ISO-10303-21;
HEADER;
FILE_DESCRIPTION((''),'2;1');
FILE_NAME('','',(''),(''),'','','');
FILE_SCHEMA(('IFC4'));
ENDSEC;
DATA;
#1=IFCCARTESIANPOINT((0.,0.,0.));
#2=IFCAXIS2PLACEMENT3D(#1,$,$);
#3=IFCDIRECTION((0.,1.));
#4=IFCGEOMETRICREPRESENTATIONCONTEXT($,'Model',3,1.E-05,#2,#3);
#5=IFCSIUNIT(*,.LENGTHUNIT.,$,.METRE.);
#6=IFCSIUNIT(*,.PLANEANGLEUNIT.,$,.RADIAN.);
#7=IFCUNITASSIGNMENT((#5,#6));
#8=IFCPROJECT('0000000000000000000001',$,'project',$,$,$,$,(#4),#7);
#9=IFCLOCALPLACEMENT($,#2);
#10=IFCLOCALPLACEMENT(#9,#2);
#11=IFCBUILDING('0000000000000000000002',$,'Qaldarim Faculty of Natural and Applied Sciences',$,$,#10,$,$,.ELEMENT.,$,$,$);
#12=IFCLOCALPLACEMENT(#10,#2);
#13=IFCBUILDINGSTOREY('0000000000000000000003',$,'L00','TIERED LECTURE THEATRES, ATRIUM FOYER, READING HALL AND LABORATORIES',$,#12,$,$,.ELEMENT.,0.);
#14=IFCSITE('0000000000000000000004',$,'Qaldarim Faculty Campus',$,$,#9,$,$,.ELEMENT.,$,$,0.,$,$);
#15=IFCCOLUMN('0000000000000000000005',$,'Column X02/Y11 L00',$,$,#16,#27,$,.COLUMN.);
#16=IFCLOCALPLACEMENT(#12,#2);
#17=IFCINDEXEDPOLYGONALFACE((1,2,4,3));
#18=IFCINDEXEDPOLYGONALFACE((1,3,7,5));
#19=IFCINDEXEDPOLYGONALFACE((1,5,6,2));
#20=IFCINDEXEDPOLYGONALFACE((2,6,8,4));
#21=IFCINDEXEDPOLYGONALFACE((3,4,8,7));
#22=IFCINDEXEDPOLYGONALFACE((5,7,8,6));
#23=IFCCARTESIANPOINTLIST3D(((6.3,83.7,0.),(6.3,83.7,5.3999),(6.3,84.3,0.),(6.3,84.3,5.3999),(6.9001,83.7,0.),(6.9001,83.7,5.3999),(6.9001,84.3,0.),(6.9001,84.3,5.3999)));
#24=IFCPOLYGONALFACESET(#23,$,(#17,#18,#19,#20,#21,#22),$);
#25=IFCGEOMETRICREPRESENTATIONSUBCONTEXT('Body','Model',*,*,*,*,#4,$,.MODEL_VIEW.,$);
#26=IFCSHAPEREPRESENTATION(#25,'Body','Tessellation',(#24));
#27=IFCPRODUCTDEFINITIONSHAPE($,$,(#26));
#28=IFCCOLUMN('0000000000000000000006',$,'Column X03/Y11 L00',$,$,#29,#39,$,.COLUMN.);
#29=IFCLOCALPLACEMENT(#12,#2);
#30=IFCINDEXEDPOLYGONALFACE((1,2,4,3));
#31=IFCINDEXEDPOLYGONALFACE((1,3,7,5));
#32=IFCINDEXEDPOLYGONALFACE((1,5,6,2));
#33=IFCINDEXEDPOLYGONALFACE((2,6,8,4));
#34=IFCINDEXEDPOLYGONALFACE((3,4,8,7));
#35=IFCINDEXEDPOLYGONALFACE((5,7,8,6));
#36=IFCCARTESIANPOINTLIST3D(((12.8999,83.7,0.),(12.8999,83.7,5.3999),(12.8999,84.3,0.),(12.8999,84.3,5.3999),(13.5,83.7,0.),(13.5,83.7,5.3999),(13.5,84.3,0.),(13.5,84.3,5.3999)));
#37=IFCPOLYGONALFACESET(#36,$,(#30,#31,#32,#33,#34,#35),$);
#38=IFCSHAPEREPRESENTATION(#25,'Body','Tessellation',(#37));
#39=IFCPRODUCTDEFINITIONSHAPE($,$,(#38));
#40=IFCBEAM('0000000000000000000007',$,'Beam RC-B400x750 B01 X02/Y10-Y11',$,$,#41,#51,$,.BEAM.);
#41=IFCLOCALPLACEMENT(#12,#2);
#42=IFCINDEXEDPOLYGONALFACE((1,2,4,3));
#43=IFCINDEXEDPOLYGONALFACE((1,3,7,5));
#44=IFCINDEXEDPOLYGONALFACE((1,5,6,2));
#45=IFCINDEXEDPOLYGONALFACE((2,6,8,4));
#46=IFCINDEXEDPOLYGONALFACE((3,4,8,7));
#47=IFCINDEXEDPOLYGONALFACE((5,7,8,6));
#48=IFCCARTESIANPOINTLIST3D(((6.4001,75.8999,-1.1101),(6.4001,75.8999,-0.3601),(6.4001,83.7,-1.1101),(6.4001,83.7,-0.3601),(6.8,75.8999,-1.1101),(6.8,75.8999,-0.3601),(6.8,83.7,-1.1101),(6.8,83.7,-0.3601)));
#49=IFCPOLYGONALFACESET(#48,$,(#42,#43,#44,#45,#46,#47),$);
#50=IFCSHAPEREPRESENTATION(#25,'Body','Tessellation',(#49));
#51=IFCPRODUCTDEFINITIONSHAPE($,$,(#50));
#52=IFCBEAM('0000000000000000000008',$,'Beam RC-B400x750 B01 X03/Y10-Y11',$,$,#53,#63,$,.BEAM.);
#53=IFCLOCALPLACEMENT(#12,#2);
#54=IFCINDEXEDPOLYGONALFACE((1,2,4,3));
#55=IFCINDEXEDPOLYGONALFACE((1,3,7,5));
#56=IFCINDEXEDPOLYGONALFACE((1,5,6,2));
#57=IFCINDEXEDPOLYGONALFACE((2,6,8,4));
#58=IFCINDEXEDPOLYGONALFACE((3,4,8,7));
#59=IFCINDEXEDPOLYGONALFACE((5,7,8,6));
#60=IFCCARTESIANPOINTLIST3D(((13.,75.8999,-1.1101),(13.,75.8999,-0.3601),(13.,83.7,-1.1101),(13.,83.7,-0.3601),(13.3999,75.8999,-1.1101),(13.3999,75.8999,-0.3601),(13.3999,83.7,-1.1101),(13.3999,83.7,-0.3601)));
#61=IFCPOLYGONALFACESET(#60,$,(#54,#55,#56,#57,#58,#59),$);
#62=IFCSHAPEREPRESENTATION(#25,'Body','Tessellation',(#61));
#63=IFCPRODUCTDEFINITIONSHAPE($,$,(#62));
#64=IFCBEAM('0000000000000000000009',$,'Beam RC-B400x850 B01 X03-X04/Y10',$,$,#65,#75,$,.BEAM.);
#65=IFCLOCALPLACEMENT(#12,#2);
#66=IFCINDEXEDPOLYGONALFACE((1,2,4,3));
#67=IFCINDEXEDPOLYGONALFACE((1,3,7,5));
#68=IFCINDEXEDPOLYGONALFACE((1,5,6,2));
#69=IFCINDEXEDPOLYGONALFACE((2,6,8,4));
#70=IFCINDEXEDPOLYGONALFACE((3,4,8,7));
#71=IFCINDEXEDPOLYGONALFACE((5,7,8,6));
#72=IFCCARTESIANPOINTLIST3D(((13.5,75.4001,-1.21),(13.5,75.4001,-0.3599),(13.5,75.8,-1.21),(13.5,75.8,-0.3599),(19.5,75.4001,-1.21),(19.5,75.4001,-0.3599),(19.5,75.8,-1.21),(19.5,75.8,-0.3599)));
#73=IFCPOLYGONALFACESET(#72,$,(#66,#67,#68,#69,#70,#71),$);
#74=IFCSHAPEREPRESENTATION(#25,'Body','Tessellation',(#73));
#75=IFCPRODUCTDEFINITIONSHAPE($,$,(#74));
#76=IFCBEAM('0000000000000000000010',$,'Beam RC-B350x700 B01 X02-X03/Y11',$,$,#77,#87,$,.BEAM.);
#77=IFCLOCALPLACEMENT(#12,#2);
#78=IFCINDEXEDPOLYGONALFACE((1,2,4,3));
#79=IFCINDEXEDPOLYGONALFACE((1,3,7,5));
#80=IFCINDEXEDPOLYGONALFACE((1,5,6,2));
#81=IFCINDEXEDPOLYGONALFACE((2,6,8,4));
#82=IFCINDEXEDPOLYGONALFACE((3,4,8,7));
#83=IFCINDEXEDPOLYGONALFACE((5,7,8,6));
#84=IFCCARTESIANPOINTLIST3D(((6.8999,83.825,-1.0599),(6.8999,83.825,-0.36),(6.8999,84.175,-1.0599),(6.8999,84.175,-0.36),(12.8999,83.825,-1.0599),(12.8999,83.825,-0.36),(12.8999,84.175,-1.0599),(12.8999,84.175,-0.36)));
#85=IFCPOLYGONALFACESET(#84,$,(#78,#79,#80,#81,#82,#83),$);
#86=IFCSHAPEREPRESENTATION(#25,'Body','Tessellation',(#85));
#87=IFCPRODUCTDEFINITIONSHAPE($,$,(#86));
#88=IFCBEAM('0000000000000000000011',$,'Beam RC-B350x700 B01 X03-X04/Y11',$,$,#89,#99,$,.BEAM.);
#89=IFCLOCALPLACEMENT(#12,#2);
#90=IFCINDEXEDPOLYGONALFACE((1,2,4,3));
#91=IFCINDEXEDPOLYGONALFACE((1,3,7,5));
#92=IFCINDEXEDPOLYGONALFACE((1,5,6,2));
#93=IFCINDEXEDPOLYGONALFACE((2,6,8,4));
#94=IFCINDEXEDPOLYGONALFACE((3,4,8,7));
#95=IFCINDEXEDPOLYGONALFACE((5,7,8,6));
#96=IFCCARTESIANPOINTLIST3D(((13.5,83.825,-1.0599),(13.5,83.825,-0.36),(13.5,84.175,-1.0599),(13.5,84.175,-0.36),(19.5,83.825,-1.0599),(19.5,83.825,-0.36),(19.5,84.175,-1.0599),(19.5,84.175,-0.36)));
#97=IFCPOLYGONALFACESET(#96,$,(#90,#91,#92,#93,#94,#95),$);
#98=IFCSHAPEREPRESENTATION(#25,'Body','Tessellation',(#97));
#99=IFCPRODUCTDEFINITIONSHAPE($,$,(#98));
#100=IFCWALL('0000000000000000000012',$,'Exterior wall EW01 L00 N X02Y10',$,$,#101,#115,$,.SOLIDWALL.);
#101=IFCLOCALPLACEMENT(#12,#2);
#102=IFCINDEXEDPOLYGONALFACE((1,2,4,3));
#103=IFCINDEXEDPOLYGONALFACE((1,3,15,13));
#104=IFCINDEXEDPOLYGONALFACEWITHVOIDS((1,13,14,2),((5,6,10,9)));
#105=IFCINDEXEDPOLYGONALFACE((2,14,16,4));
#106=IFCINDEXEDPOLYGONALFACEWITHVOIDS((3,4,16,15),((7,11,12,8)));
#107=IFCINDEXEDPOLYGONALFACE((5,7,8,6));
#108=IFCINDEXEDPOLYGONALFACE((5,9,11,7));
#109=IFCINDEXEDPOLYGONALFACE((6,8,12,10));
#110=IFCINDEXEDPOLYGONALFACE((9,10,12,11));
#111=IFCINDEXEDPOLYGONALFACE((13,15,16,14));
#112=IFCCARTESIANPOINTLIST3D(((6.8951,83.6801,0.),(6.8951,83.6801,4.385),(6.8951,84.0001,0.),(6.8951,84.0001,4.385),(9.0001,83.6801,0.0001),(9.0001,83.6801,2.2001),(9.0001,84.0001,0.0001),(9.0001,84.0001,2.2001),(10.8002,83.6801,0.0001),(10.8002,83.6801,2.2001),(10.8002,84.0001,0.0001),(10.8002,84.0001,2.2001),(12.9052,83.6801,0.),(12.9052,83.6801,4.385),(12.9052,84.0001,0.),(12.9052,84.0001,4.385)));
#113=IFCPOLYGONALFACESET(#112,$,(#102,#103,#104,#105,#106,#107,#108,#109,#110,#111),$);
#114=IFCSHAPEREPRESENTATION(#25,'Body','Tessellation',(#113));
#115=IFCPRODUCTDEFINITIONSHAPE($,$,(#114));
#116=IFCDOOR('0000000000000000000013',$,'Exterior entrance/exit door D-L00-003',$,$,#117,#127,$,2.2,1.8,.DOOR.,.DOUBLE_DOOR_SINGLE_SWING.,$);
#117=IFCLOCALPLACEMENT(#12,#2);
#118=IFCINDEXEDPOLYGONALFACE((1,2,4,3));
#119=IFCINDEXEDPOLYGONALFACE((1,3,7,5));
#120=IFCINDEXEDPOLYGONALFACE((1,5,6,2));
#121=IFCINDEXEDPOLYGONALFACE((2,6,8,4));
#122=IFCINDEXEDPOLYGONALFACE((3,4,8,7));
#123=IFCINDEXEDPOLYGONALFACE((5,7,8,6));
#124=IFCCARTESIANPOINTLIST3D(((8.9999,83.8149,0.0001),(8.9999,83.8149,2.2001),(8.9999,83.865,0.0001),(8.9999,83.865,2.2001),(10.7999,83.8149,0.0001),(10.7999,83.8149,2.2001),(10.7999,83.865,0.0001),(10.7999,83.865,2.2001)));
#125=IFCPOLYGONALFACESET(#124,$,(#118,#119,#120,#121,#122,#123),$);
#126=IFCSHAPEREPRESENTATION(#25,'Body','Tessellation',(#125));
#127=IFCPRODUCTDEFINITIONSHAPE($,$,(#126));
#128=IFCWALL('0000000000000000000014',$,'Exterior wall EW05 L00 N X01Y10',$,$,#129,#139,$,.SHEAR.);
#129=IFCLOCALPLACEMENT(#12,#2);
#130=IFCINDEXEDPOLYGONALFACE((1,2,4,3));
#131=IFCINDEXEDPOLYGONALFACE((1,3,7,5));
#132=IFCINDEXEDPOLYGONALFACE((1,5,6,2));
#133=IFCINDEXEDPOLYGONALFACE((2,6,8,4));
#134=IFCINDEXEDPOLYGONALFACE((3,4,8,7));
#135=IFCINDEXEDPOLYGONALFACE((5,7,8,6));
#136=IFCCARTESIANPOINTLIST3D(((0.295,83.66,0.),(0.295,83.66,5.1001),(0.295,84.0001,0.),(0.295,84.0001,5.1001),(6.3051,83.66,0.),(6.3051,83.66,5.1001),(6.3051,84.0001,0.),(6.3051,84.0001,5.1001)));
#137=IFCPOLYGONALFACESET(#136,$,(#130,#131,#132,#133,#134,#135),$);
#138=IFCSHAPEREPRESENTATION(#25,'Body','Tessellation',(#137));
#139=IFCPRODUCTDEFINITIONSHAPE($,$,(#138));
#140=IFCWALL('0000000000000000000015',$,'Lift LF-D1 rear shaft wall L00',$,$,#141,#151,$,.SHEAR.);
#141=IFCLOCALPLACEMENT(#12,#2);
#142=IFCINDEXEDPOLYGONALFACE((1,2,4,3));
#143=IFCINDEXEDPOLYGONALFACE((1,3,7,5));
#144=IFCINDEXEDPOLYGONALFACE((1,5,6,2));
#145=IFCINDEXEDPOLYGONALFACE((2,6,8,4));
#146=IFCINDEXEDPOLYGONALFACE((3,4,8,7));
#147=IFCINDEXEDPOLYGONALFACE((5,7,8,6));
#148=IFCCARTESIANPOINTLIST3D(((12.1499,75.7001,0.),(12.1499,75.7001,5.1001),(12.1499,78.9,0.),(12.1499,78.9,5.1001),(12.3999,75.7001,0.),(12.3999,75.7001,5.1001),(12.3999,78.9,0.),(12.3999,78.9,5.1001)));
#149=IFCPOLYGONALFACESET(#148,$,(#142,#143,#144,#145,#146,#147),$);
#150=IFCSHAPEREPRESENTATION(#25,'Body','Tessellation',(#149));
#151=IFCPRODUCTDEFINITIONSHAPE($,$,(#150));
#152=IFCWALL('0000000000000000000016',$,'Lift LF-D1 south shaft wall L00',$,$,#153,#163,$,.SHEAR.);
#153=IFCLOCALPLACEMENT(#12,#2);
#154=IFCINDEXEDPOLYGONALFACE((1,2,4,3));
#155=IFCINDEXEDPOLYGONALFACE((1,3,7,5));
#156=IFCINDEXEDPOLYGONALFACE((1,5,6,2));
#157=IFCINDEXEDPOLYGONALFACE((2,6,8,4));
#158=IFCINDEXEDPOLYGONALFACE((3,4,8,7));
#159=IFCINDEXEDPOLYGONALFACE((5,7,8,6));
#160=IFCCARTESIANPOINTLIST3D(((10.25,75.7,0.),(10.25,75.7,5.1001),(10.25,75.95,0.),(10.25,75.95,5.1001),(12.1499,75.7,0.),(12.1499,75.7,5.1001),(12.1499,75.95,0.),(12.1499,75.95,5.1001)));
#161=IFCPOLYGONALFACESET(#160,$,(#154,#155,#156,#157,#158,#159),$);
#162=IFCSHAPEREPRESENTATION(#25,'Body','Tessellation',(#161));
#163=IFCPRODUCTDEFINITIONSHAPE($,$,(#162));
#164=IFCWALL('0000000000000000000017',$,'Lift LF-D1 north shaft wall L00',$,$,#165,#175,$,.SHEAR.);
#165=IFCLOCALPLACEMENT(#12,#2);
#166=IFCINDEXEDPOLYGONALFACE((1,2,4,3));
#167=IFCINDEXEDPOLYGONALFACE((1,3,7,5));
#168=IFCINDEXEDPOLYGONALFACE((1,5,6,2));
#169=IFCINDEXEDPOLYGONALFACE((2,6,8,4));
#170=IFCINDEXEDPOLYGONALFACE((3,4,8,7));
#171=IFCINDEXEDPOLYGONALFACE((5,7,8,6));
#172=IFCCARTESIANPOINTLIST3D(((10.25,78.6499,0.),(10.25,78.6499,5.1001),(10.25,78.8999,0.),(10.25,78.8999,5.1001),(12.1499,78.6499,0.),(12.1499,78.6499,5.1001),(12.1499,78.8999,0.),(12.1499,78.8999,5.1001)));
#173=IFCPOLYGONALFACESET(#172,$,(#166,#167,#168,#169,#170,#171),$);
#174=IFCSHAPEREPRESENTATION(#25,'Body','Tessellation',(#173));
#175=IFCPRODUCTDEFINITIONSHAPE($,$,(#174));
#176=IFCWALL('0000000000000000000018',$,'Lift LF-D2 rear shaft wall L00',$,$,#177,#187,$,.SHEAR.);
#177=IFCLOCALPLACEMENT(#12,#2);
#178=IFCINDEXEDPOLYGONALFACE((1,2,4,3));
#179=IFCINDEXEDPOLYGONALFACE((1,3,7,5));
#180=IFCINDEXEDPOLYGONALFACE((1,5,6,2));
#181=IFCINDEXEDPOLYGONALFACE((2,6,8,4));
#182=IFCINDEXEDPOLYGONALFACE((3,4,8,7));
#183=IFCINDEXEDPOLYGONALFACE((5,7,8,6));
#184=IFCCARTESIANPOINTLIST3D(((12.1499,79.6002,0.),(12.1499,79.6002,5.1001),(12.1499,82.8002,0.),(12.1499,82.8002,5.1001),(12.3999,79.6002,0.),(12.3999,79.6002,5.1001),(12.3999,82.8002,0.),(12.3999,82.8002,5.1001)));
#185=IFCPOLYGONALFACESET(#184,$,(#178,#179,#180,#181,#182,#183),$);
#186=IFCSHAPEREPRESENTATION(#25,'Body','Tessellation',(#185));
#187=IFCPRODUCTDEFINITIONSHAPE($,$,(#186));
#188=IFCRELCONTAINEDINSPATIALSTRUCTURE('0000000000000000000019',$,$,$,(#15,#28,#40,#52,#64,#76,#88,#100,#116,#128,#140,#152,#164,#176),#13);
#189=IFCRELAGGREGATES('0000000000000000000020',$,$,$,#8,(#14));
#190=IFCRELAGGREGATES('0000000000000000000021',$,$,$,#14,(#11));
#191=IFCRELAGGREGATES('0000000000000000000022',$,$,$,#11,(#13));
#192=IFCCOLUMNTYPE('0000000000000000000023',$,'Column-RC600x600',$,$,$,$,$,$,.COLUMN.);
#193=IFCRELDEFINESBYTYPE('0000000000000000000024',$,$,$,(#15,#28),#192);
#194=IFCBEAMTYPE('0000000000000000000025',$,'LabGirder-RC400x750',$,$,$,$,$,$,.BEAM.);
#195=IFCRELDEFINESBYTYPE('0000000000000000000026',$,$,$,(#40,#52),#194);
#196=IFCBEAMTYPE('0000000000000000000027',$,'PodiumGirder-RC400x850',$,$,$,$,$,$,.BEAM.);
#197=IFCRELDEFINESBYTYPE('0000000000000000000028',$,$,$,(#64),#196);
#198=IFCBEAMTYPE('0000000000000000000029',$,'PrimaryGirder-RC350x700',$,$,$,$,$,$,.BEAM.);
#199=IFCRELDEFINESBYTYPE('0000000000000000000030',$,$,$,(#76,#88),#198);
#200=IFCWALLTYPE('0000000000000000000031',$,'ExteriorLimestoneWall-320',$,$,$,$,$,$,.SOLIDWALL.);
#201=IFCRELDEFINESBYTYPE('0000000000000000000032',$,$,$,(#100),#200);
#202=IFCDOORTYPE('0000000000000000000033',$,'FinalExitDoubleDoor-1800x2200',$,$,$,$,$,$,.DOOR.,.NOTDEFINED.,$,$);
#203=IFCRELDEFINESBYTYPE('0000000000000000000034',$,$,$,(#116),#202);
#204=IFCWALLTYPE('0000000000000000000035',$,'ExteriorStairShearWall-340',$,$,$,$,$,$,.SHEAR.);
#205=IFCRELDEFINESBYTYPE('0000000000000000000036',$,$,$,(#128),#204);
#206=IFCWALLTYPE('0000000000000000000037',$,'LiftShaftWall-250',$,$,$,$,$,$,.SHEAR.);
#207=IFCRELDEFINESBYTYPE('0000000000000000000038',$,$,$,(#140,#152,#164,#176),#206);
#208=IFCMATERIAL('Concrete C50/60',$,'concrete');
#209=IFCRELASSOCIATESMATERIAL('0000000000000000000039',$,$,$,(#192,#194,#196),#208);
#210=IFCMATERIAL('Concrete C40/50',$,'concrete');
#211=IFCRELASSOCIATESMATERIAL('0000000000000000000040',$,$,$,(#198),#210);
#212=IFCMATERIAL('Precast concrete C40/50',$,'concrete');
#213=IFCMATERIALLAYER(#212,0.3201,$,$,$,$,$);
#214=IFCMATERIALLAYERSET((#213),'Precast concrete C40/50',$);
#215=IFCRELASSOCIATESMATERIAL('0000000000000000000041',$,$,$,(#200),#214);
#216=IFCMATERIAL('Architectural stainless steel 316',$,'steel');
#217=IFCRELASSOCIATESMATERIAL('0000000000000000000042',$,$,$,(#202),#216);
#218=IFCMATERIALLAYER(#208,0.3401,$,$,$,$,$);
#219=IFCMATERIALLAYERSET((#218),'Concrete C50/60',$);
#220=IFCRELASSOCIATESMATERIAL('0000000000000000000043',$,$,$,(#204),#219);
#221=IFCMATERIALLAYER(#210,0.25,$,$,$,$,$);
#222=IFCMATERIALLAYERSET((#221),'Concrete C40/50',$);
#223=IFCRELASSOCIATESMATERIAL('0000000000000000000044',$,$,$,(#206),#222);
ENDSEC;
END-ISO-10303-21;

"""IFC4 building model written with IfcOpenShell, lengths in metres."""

from ifc_helpers import new_model, si_unit, direction, frame, frame_2d, origin, origin_2d, place, context, subcontext, project, spatial, rectangle, extrude, material, layer, layer_set, material_profile, profile_set, type_object, element, fill, save


model = new_model("IFC4")

# Units and contexts
model_context = context("Model", 3, precision=1e-05, world=origin(), true_north=direction((0.0, 1.0)))
body_context = subcontext(model_context, "Body", "Model", "MODEL_VIEW")
ifc_project = project(units=[si_unit("LENGTHUNIT", "METRE"), si_unit("PLANEANGLEUNIT", "RADIAN")], contexts=[model_context])

# Site, building, storey
site_placement = place(None, origin())
site = spatial("IfcSite", under=ifc_project, at=site_placement, Name="Qaldarim Faculty Campus", CompositionType="ELEMENT", RefElevation=0.0)
building_placement = place(site_placement, origin())
building = spatial("IfcBuilding", under=site, at=building_placement, Name="Qaldarim Faculty of Natural and Applied Sciences", CompositionType="ELEMENT")
storey_placement = place(building_placement, origin())
storey = spatial("IfcBuildingStorey", under=building, at=storey_placement, Name="L00", Description="TIERED LECTURE THEATRES, ATRIUM FOYER, READING HALL AND LABORATORIES", CompositionType="ELEMENT", Elevation=0.0)

# Columns
ifc_material_1 = material(Name="Concrete C50/60", Category="concrete")
ifc_material_profile_1 = material_profile(ifc_material_1, rectangle(XDim=0.6001, YDim=0.6001, at=origin_2d()), Name="RC-C600x600")
ifc_profile_set_1 = profile_set([ifc_material_profile_1], Name="Concrete C50/60")
column_type = type_object("IfcColumnType", Name="Column-RC600x600", PredefinedType="COLUMN", material=ifc_profile_set_1)
for number, where, z_axis, x_axis, name in (
    (1, (6.6001, 84.0, 0.0), (0.0, 0.0, 1.0), (1.0, 0.0, 0.0), "Column X02/Y11 L00"),
    (2, (13.2, 84.0, 0.0), (0.0, 0.0, 1.0), (1.0, 0.0, 0.0), "Column X03/Y11 L00"),
):
    element("IfcColumn", number, at=place(storey_placement, frame(where, z_axis=z_axis, x_axis=x_axis)), inside=storey, type_object=column_type, Name=name, PredefinedType="COLUMN", context=body_context, shape_type="SweptSolid", body=[
        extrude(rectangle(XDim=0.6001, YDim=0.6001, at=origin_2d()), origin(), (0.0, 0.0, 1.0), 5.3999),
    ])

# Beams
ifc_material_profile_2 = material_profile(ifc_material_1, rectangle(XDim=0.3999, YDim=0.75, at=origin_2d()), Name="RC-B400x750")
ifc_profile_set_2 = profile_set([ifc_material_profile_2], Name="Concrete C50/60")
beam_type_1 = type_object("IfcBeamType", Name="LabGirder-RC400x750", PredefinedType="BEAM", material=ifc_profile_set_2)
for number, where, z_axis, x_axis, name in (
    (3, (6.6001, 75.8999, -0.7351), (0.0, 1.0, 0.0), (-1.0, 0.0, 0.0), "Beam RC-B400x750 B01 X02/Y10-Y11"),
    (4, (13.2, 75.8999, -0.7351), (0.0, 1.0, 0.0), (-1.0, 0.0, 0.0), "Beam RC-B400x750 B01 X03/Y10-Y11"),
):
    element("IfcBeam", number, at=place(storey_placement, frame(where, z_axis=z_axis, x_axis=x_axis)), inside=storey, type_object=beam_type_1, Name=name, PredefinedType="BEAM", context=body_context, shape_type="SweptSolid", body=[
        extrude(rectangle(XDim=0.3999, YDim=0.75, at=origin_2d()), origin(), (0.0, 0.0, 1.0), 7.8),
    ])
ifc_material_profile_3 = material_profile(ifc_material_1, rectangle(XDim=0.3999, YDim=0.8501, at=origin_2d()), Name="RC-B400x850")
ifc_profile_set_3 = profile_set([ifc_material_profile_3], Name="Concrete C50/60")
beam_type_2 = type_object("IfcBeamType", Name="PodiumGirder-RC400x850", PredefinedType="BEAM", material=ifc_profile_set_3)
beam_placement = place(storey_placement, frame((13.5, 75.6001, -0.7849), z_axis=(1.0, 0.0, 0.0), x_axis=(0.0, 1.0, 0.0)))
element("IfcBeam", 5, at=beam_placement, inside=storey, type_object=beam_type_2, Name="Beam RC-B400x850 B01 X03-X04/Y10", PredefinedType="BEAM", context=body_context, shape_type="SweptSolid", body=[
    extrude(rectangle(XDim=0.3999, YDim=0.8501, at=origin_2d()), origin(), (0.0, 0.0, 1.0), 6.0),
])
ifc_material_2 = material(Name="Concrete C40/50", Category="concrete")
ifc_material_profile_4 = material_profile(ifc_material_2, rectangle(XDim=0.3501, YDim=0.7, at=origin_2d()), Name="RC-B350x700")
ifc_profile_set_4 = profile_set([ifc_material_profile_4], Name="Concrete C40/50")
beam_type_3 = type_object("IfcBeamType", Name="PrimaryGirder-RC350x700", PredefinedType="BEAM", material=ifc_profile_set_4)
for number, where, z_axis, x_axis, name in (
    (6, (6.8999, 84.0, -0.71), (1.0, 0.0, 0.0), (0.0, 1.0, 0.0), "Beam RC-B350x700 B01 X02-X03/Y11"),
    (7, (13.5, 84.0, -0.71), (1.0, 0.0, 0.0), (0.0, 1.0, 0.0), "Beam RC-B350x700 B01 X03-X04/Y11"),
):
    element("IfcBeam", number, at=place(storey_placement, frame(where, z_axis=z_axis, x_axis=x_axis)), inside=storey, type_object=beam_type_3, Name=name, PredefinedType="BEAM", context=body_context, shape_type="SweptSolid", body=[
        extrude(rectangle(XDim=0.3501, YDim=0.7, at=origin_2d()), origin(), (0.0, 0.0, 1.0), 6.0),
    ])

# Wall, opening, door
ifc_material_3 = material(Name="Architectural stainless steel 316", Category="steel")
ifc_material_4 = material(Name="Precast concrete C40/50", Category="concrete")
ifc_layer_1 = layer(ifc_material_4, 0.3201)
ifc_layer_set_1 = layer_set([ifc_layer_1], Name="Precast concrete C40/50")
wall_type_1 = type_object("IfcWallType", Name="ExteriorLimestoneWall-320", PredefinedType="SOLIDWALL", material=ifc_layer_set_1)
wall_1_placement = place(storey_placement, frame((12.905, 83.8401, 0.0), z_axis=(0.0, 0.0, 1.0), x_axis=(-1.0, 0.0, 0.0)))
wall_1 = element("IfcWall", 8, at=wall_1_placement, inside=storey, type_object=wall_type_1, Name="Exterior wall EW01 L00 N X02Y10", PredefinedType="SOLIDWALL", context=body_context, shape_type="SweptSolid", body=[
    extrude(rectangle(XDim=6.01, YDim=0.3201, at=frame_2d((3.0049, 0.0))), origin(), (0.0, 0.0, 1.0), 4.385),
])
opening_1_placement = place(wall_1_placement, frame((2.105, 0.0, 0.0)))
opening_1 = element("IfcOpeningElement", 9, at=opening_1_placement, cuts=wall_1, PredefinedType="OPENING", context=body_context, shape_type="SweptSolid", body=[
    extrude(rectangle(XDim=1.8, YDim=2.2, at=frame_2d((0.8999, 1.1001))), frame((0.0, 0.1699, 0.0), z_axis=(0.0, -1.0, 0.0), x_axis=(1.0, 0.0, 0.0)), (0.0, 0.0, 1.0), 0.3401),
])
door_type_1 = type_object("IfcDoorType", Name="FinalExitDoubleDoor-1800x2200", OperationType="NOTDEFINED", PredefinedType="DOOR", material=ifc_material_3)
door_1_placement = place(opening_1_placement, frame((1.8, 0.0, 0.0), z_axis=(0.0, 0.0, 1.0), x_axis=(-1.0, 0.0, 0.0)))
door_1 = element("IfcDoor", 10, at=door_1_placement, inside=storey, type_object=door_type_1, Name="Exterior entrance/exit door D-L00-003", OperationType="DOUBLE_DOOR_SINGLE_SWING", OverallHeight=2.2, OverallWidth=1.8, PredefinedType="DOOR", context=body_context, shape_type="SweptSolid", body=[
    extrude(rectangle(XDim=1.8, YDim=2.2, at=frame_2d((0.8999, 1.1001))), frame((0.0, 0.0249, 0.0), z_axis=(0.0, -1.0, 0.0), x_axis=(1.0, 0.0, 0.0)), (0.0, 0.0, 1.0), 0.05),
])
fill(opening_1, door_1)

# Wall
ifc_layer_2 = layer(ifc_material_1, 0.3401)
ifc_layer_set_2 = layer_set([ifc_layer_2], Name="Concrete C50/60")
wall_type_2 = type_object("IfcWallType", Name="ExteriorStairShearWall-340", PredefinedType="SHEAR", material=ifc_layer_set_2)
wall_2_placement = place(storey_placement, frame((6.3049, 83.8301, 0.0), z_axis=(0.0, 0.0, 1.0), x_axis=(-1.0, 0.0, 0.0)))
element("IfcWall", 11, at=wall_2_placement, inside=storey, type_object=wall_type_2, Name="Exterior wall EW05 L00 N X01Y10", PredefinedType="SHEAR", context=body_context, shape_type="SweptSolid", body=[
    extrude(rectangle(XDim=6.01, YDim=0.3401, at=frame_2d((3.0049, 0.0))), origin(), (0.0, 0.0, 1.0), 5.1001),
])

# Shared definitions
ifc_layer_3 = layer(ifc_material_2, 0.25)
ifc_layer_set_3 = layer_set([ifc_layer_3], Name="Concrete C40/50")
wall_type_3 = type_object("IfcWallType", Name="LiftShaftWall-250", PredefinedType="SHEAR", material=ifc_layer_set_3)

# Walls
wall_3_placement = place(storey_placement, frame((12.2749, 75.7, 0.0), z_axis=(0.0, 0.0, 1.0), x_axis=(0.0, 1.0, 0.0)))
element("IfcWall", 12, at=wall_3_placement, inside=storey, type_object=wall_type_3, Name="Lift LF-D1 rear shaft wall L00", PredefinedType="SHEAR", context=body_context, shape_type="SweptSolid", body=[
    extrude(rectangle(XDim=3.2, YDim=0.25, at=frame_2d((1.6001, 0.0))), origin(), (0.0, 0.0, 1.0), 5.1001),
])
for number, where, z_axis, x_axis, name in (
    (13, (10.25, 75.825, 0.0), (0.0, 0.0, 1.0), (1.0, 0.0, 0.0), "Lift LF-D1 south shaft wall L00"),
    (14, (10.25, 78.7749, 0.0), (0.0, 0.0, 1.0), (1.0, 0.0, 0.0), "Lift LF-D1 north shaft wall L00"),
):
    element("IfcWall", number, at=place(storey_placement, frame(where, z_axis=z_axis, x_axis=x_axis)), inside=storey, type_object=wall_type_3, Name=name, PredefinedType="SHEAR", context=body_context, shape_type="SweptSolid", body=[
        extrude(rectangle(XDim=1.8999, YDim=0.25, at=frame_2d((0.95, 0.0))), origin(), (0.0, 0.0, 1.0), 5.1001),
    ])

# Wall
wall_4_placement = place(storey_placement, frame((12.2749, 79.6001, 0.0), z_axis=(0.0, 0.0, 1.0), x_axis=(0.0, 1.0, 0.0)))
element("IfcWall", 15, at=wall_4_placement, inside=storey, type_object=wall_type_3, Name="Lift LF-D2 rear shaft wall L00", PredefinedType="SHEAR", context=body_context, shape_type="SweptSolid", body=[
    extrude(rectangle(XDim=3.2, YDim=0.25, at=frame_2d((1.6001, 0.0))), origin(), (0.0, 0.0, 1.0), 5.1001),
])

save(model, "model.ifc")
